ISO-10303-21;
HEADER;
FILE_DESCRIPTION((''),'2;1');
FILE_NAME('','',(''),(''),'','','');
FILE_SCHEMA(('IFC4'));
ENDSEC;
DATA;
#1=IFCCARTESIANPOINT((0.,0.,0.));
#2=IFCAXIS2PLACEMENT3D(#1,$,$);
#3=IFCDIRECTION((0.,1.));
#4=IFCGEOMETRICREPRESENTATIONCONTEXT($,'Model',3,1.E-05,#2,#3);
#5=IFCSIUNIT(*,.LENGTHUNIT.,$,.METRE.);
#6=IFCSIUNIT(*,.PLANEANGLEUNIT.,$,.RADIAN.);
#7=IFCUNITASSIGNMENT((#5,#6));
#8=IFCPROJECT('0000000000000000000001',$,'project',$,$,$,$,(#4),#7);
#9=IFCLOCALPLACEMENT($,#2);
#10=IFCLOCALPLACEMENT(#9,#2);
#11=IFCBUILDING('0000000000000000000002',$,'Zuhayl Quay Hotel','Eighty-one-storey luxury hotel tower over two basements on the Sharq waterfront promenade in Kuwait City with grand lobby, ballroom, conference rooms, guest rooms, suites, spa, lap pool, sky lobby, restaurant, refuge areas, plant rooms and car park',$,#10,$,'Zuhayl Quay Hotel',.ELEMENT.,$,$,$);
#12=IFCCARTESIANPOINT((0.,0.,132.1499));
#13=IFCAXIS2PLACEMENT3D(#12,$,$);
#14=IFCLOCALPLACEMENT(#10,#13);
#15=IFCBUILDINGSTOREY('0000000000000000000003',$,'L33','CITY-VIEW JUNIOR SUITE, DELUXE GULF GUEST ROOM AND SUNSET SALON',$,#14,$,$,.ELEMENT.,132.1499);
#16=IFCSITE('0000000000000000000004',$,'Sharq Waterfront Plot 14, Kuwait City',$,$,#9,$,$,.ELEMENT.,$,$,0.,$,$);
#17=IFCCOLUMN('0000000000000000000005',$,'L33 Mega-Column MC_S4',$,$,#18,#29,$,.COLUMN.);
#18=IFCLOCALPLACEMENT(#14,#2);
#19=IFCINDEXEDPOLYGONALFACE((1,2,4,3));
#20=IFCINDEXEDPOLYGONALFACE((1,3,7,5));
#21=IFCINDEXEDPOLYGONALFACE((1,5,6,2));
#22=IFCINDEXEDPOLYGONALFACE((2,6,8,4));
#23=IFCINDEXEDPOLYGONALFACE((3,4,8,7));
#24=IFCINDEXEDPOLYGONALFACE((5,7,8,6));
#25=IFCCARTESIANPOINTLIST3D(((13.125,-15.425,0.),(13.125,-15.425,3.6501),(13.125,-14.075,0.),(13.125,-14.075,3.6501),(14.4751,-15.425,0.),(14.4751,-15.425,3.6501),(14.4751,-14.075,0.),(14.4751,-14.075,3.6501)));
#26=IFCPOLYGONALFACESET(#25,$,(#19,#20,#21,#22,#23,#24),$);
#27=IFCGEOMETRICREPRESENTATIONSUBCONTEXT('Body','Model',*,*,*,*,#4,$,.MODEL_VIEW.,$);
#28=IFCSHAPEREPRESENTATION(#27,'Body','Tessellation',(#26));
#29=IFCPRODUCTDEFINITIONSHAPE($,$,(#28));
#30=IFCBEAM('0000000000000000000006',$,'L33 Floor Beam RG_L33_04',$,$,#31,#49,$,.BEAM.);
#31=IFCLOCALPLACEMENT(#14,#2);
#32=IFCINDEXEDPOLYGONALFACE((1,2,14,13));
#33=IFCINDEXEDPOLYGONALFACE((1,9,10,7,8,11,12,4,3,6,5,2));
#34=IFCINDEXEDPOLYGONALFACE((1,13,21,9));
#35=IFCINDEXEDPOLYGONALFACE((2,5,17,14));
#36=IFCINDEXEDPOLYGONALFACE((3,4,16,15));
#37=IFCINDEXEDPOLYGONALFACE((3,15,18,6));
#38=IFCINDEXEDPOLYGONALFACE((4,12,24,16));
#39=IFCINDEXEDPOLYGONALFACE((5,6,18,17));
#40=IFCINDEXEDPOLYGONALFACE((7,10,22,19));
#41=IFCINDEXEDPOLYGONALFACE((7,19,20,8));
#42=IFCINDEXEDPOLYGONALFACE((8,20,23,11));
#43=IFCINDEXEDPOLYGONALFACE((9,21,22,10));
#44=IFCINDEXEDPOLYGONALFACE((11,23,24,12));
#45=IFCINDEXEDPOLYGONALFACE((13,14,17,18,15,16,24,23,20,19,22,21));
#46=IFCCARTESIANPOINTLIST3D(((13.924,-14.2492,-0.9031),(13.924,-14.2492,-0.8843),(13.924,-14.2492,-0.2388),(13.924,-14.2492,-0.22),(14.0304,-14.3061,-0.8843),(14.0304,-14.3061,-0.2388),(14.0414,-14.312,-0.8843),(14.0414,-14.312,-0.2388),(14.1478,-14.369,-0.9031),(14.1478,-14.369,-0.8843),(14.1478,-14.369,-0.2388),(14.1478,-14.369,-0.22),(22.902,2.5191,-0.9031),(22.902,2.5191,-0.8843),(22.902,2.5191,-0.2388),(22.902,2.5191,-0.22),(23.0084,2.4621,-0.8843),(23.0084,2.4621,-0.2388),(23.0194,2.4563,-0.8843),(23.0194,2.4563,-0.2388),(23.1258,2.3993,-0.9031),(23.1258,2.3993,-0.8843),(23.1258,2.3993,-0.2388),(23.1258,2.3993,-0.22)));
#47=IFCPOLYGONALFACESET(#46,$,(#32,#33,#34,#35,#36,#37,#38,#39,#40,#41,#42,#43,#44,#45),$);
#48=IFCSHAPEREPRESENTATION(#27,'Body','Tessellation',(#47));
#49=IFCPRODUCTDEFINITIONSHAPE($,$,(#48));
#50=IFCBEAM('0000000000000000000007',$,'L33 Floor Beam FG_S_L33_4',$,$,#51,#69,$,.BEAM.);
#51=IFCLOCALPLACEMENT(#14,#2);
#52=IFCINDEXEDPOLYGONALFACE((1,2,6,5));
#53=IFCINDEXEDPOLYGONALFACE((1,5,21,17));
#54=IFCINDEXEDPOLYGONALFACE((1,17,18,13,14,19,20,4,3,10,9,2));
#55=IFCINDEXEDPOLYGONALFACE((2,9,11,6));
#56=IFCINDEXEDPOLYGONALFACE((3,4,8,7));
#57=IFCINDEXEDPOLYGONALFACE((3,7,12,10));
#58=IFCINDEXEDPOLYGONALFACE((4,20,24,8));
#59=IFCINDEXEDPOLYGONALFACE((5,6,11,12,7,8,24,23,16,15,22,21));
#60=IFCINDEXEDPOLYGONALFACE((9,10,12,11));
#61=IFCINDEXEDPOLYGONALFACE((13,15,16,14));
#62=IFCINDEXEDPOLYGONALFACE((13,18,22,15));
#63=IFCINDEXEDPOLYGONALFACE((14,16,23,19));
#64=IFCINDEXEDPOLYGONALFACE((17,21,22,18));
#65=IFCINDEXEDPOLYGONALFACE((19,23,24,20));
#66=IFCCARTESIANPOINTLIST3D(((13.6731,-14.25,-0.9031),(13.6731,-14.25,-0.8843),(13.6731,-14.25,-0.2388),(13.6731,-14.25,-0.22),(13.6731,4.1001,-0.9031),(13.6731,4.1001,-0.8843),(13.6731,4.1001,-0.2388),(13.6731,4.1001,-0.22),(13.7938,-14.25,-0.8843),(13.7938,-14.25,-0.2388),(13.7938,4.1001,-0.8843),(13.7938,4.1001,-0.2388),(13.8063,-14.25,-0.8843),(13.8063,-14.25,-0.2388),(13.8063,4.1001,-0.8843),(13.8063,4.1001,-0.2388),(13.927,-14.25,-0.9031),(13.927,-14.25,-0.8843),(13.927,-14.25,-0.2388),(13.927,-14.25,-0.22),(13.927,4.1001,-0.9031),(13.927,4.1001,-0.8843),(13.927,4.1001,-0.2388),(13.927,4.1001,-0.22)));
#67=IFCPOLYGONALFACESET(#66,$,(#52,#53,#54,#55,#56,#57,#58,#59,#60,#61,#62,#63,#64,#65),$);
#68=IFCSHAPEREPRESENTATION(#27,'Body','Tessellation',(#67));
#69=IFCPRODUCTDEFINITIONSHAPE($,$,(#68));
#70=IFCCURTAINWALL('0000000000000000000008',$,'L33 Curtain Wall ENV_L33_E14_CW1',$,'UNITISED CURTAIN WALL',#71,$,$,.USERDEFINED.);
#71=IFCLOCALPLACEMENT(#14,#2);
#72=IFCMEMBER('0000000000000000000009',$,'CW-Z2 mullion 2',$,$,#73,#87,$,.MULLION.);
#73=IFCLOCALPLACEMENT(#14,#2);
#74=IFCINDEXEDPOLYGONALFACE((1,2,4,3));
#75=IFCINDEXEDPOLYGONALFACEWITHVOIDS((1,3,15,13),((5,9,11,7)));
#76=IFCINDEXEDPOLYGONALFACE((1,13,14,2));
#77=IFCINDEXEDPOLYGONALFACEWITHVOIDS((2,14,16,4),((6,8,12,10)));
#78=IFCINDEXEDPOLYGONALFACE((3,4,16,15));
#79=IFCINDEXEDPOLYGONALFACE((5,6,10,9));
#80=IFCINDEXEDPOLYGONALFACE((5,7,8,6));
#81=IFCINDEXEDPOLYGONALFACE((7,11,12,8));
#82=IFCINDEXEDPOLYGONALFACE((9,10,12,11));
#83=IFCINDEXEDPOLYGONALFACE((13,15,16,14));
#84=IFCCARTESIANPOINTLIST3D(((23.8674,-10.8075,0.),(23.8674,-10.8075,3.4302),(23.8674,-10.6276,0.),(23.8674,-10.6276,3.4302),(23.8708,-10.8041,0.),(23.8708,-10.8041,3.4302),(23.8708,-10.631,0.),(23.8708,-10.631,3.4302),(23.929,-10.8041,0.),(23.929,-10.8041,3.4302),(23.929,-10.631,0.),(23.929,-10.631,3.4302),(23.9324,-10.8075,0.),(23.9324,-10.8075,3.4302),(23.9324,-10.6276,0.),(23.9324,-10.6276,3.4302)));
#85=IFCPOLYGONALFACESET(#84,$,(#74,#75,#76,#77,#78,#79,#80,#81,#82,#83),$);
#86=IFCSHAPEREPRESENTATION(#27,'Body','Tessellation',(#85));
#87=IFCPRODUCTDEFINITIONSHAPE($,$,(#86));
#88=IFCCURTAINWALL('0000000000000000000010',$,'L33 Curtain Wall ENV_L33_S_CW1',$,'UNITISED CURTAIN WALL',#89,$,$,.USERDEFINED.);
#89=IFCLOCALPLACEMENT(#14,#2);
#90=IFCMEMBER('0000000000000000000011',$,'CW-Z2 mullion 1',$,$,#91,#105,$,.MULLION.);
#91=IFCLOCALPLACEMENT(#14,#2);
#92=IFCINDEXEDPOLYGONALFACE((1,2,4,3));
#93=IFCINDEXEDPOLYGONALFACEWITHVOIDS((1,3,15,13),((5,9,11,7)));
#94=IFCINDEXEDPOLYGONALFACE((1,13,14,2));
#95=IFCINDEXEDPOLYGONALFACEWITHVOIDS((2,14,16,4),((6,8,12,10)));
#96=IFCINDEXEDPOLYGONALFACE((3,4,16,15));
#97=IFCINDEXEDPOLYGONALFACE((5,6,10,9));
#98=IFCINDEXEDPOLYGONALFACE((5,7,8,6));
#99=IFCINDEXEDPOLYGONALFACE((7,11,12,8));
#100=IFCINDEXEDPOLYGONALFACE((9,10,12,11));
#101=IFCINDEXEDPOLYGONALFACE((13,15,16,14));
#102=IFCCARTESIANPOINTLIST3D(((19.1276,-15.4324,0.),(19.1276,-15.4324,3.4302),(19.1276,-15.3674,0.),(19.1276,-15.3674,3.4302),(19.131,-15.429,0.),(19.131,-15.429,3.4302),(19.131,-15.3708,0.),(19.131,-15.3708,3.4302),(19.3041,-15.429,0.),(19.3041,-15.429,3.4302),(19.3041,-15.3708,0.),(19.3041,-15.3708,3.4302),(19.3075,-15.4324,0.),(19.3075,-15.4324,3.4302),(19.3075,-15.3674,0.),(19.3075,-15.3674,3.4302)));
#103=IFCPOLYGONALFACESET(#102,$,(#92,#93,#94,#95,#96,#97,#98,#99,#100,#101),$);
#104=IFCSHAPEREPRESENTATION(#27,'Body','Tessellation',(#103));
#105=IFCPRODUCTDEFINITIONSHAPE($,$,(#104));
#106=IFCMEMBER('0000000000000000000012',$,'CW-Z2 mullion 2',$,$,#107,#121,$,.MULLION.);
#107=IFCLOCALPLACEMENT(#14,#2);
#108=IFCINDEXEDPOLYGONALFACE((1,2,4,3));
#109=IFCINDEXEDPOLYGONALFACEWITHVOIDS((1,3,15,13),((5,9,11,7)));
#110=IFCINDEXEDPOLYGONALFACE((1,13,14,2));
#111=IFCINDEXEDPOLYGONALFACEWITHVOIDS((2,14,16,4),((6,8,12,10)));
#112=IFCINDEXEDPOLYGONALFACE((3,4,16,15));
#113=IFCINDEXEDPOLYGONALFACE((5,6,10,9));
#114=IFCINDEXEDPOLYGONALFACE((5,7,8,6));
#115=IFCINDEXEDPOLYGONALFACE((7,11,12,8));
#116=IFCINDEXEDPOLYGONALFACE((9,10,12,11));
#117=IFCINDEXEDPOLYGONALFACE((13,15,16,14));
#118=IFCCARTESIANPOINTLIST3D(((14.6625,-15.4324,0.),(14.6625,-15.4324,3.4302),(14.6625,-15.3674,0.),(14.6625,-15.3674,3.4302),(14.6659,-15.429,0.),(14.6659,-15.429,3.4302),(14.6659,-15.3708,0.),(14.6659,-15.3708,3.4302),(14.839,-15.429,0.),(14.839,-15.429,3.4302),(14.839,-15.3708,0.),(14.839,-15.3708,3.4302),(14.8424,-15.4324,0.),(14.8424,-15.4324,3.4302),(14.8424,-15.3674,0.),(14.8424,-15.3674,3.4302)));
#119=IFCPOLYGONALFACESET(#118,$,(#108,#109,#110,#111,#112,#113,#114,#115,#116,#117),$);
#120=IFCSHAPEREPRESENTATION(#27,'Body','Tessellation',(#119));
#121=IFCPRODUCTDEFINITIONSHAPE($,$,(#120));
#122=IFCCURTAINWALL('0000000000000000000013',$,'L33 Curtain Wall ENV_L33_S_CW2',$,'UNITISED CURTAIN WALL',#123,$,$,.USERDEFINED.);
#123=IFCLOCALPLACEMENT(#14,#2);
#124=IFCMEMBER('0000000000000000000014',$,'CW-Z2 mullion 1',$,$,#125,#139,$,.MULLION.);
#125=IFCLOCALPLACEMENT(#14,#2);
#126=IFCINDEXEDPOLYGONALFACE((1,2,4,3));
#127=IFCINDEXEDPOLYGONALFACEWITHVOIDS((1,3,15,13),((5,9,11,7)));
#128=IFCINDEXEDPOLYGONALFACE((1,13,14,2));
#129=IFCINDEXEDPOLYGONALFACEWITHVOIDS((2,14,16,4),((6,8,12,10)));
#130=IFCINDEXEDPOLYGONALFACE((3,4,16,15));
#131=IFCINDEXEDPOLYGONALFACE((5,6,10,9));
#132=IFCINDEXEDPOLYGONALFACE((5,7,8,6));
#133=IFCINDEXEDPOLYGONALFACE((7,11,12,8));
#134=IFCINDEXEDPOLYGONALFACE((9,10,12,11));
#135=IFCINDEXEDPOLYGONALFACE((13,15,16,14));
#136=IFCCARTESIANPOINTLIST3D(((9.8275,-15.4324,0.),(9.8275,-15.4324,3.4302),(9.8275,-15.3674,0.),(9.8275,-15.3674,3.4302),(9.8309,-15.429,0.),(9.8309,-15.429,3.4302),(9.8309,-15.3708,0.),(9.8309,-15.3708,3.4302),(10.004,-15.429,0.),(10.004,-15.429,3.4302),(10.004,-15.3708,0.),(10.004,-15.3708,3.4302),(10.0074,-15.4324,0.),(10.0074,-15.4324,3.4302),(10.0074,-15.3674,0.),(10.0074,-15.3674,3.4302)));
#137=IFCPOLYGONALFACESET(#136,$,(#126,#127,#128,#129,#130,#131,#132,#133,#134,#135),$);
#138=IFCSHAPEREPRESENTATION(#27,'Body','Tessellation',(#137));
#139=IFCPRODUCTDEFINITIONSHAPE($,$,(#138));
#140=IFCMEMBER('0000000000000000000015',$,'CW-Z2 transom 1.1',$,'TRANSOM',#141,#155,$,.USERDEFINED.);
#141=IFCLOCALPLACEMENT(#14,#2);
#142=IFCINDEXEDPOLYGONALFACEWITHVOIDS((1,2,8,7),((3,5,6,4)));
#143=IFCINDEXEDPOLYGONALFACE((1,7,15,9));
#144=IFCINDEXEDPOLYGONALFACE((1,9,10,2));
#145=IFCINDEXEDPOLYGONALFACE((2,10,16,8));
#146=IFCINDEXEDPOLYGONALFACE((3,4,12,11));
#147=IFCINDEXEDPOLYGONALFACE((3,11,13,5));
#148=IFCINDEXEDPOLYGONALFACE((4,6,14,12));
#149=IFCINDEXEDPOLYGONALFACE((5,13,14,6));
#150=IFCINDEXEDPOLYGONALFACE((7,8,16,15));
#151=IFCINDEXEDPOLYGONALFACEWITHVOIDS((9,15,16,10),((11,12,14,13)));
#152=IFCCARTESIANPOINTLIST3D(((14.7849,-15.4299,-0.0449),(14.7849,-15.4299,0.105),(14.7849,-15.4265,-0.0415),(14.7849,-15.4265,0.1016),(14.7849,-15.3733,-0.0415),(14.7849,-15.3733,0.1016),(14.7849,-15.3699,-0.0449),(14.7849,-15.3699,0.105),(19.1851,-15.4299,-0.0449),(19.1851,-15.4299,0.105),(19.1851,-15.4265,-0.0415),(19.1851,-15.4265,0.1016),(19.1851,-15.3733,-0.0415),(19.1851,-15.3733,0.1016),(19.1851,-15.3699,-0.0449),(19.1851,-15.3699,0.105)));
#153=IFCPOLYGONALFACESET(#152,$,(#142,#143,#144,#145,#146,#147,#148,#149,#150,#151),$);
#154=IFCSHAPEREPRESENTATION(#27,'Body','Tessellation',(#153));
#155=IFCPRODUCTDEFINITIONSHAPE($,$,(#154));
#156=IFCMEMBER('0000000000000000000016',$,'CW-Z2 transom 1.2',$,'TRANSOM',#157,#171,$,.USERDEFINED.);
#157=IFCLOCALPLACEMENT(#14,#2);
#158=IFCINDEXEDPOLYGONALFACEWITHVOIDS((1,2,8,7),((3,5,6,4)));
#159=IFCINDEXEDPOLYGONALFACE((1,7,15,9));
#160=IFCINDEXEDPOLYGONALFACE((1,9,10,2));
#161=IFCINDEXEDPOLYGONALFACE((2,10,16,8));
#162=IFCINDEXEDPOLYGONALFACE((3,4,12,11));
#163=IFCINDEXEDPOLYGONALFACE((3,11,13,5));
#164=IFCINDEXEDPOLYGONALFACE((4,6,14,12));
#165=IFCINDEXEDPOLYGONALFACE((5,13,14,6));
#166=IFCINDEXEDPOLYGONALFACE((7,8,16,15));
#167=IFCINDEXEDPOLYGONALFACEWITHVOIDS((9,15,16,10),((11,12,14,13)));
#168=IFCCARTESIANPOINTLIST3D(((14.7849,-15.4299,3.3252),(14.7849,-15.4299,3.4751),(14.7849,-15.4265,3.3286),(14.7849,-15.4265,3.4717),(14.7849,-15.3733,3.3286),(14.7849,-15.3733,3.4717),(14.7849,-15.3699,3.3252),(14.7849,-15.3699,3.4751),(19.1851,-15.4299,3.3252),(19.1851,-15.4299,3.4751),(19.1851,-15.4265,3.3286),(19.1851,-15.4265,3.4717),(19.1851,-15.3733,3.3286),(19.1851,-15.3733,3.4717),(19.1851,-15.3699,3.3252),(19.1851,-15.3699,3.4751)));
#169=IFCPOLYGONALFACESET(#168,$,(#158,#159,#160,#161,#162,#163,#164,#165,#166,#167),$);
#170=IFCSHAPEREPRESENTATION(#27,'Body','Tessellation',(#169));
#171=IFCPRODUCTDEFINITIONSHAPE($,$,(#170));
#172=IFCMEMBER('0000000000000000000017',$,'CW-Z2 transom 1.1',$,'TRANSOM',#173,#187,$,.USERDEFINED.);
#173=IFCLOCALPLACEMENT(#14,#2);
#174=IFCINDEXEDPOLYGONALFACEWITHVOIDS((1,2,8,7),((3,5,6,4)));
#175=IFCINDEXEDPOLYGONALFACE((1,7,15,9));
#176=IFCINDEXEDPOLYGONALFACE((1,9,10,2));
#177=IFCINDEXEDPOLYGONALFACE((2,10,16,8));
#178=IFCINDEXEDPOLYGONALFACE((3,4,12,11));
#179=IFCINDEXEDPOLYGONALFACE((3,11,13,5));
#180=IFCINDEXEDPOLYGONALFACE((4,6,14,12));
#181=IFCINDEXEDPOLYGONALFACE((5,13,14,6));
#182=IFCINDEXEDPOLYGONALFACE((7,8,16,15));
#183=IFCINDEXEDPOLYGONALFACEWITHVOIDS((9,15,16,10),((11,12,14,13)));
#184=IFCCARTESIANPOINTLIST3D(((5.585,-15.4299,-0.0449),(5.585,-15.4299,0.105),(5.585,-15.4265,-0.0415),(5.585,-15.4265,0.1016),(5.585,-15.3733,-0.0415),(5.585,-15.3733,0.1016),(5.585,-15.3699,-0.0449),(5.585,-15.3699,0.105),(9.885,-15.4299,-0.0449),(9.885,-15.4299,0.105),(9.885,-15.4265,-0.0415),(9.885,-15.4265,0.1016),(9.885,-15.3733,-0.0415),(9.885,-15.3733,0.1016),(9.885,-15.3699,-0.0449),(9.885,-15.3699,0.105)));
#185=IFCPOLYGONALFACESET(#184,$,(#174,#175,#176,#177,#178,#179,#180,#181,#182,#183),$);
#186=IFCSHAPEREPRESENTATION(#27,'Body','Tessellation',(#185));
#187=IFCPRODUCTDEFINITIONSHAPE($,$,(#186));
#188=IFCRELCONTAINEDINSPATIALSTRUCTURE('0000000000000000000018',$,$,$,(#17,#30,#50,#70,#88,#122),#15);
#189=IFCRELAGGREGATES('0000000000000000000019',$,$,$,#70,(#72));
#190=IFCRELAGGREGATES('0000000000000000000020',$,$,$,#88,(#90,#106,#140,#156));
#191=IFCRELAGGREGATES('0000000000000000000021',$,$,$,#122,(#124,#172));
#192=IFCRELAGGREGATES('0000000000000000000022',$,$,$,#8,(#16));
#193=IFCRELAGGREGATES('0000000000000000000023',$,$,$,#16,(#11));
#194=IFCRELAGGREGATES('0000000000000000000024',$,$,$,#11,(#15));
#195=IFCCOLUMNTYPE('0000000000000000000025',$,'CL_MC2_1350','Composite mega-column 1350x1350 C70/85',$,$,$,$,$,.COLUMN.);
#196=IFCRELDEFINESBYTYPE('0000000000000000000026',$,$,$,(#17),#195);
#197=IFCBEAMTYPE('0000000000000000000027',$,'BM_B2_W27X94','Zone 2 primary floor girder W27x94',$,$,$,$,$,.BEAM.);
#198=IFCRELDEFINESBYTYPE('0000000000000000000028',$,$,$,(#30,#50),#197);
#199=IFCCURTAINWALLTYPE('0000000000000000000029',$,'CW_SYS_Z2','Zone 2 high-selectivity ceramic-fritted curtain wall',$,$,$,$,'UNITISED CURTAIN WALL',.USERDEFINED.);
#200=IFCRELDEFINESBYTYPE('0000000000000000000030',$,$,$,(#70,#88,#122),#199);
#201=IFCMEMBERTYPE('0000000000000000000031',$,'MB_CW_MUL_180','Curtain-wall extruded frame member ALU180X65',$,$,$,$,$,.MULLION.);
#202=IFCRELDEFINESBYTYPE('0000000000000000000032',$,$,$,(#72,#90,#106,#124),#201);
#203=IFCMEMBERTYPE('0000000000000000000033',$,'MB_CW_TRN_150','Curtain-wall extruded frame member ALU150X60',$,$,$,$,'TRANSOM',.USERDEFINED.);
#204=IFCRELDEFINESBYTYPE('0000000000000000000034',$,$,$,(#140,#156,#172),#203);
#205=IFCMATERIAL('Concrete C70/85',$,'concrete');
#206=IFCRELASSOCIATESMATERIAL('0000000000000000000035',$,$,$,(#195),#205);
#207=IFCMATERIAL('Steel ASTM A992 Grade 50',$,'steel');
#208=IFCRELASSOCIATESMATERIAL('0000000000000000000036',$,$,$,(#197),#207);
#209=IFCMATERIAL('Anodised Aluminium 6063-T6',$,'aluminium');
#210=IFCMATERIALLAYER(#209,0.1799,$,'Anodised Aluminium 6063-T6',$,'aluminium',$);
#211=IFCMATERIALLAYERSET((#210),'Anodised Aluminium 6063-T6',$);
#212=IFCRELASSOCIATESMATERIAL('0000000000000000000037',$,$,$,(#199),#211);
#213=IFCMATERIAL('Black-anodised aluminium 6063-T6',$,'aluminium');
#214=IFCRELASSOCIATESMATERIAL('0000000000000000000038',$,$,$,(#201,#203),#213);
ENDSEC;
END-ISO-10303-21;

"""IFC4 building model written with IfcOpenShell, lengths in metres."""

from ifc_helpers import new_model, si_unit, direction, frame, origin, origin_2d, place, context, subcontext, project, spatial, rectangle, hollow_rectangle, i_section, extrude, material, layer, layer_set, material_profile, profile_set, type_object, element, aggregate, save


model = new_model("IFC4")

# Units and contexts
model_context = context("Model", 3, precision=1e-05, world=origin(), true_north=direction((0.0, 1.0)))
body_context = subcontext(model_context, "Body", "Model", "MODEL_VIEW")
ifc_project = project(units=[si_unit("LENGTHUNIT", "METRE"), si_unit("PLANEANGLEUNIT", "RADIAN")], contexts=[model_context])

# Site, building, storey
site_placement = place(None, origin())
site = spatial("IfcSite", under=ifc_project, at=site_placement, Name="Sharq Waterfront Plot 14, Kuwait City", CompositionType="ELEMENT", RefElevation=0.0)
building_placement = place(site_placement, origin())
building = spatial("IfcBuilding", under=site, at=building_placement, Name="Zuhayl Quay Hotel", Description="Eighty-one-storey luxury hotel tower over two basements on the Sharq waterfront promenade in Kuwait City with grand lobby, ballroom, conference rooms, guest rooms, suites, spa, lap pool, sky lobby, restaurant, refuge areas, plant rooms and car park", LongName="Zuhayl Quay Hotel", CompositionType="ELEMENT")
storey_placement = place(building_placement, frame((0.0, 0.0, 132.1499)))
storey = spatial("IfcBuildingStorey", under=building, at=storey_placement, Name="L33", Description="CITY-VIEW JUNIOR SUITE, DELUXE GULF GUEST ROOM AND SUNSET SALON", CompositionType="ELEMENT", Elevation=132.1499)

# Column
ifc_material_1 = material(Name="Concrete C70/85", Category="concrete")
ifc_material_profile_1 = material_profile(ifc_material_1, rectangle(XDim=1.3501, YDim=1.3501, at=origin_2d()), Name="RC1350X1350")
ifc_profile_set_1 = profile_set([ifc_material_profile_1], Name="Concrete C70/85")
column_type = type_object("IfcColumnType", Name="CL_MC2_1350", Description="Composite mega-column 1350x1350 C70/85", PredefinedType="COLUMN", material=ifc_profile_set_1)
column_placement = place(storey_placement, frame((13.8, -14.75, 0.0), z_axis=(0.0, 0.0, 1.0), x_axis=(1.0, 0.0, 0.0)))
element("IfcColumn", 1, at=column_placement, inside=storey, type_object=column_type, Name="L33 Mega-Column MC_S4", PredefinedType="COLUMN", context=body_context, shape_type="SweptSolid", body=[
    extrude(rectangle(XDim=1.3501, YDim=1.3501, at=origin_2d()), origin(), (0.0, 0.0, 1.0), 3.6501),
])

# Beams
ifc_material_2 = material(Name="Steel ASTM A992 Grade 50", Category="steel")
ifc_material_profile_2 = material_profile(ifc_material_2, i_section(OverallWidth=0.2539, OverallDepth=0.6831, WebThickness=0.0125, FlangeThickness=0.0188, at=origin_2d()), Name="W27X94")
ifc_profile_set_2 = profile_set([ifc_material_profile_2], Name="Steel ASTM A992 Grade 50")
beam_type = type_object("IfcBeamType", Name="BM_B2_W27X94", Description="Zone 2 primary floor girder W27x94", PredefinedType="BEAM", material=ifc_profile_set_2)
beam_1_placement = place(storey_placement, frame((14.0359, -14.3091, -0.5615), z_axis=(0.472017, 0.881589, 0.0), x_axis=(-0.881589, 0.472017, 0.0)))
element("IfcBeam", 2, at=beam_1_placement, inside=storey, type_object=beam_type, Name="L33 Floor Beam RG_L33_04", PredefinedType="BEAM", context=body_context, shape_type="SweptSolid", body=[
    extrude(i_section(OverallWidth=0.2539, OverallDepth=0.6831, WebThickness=0.0125, FlangeThickness=0.0188, at=origin_2d()), origin(), (0.0, 0.0, 1.0), 19.0205),
])
beam_2_placement = place(storey_placement, frame((13.8, -14.25, -0.5615), z_axis=(0.0, 1.0, 0.0), x_axis=(-1.0, 0.0, 0.0)))
element("IfcBeam", 3, at=beam_2_placement, inside=storey, type_object=beam_type, Name="L33 Floor Beam FG_S_L33_4", PredefinedType="BEAM", context=body_context, shape_type="SweptSolid", body=[
    extrude(i_section(OverallWidth=0.2539, OverallDepth=0.6831, WebThickness=0.0125, FlangeThickness=0.0188, at=origin_2d()), origin(), (0.0, 0.0, 1.0), 18.3501),
])

# Curtain wall, member
ifc_material_3 = material(Name="Anodised Aluminium 6063-T6", Category="aluminium")
ifc_layer_1 = layer(ifc_material_3, 0.1799, Name="Anodised Aluminium 6063-T6", Category="aluminium")
ifc_layer_set_1 = layer_set([ifc_layer_1], Name="Anodised Aluminium 6063-T6")
curtain_wall_type = type_object("IfcCurtainWallType", Name="CW_SYS_Z2", Description="Zone 2 high-selectivity ceramic-fritted curtain wall", ElementType="UNITISED CURTAIN WALL", PredefinedType="USERDEFINED", material=ifc_layer_set_1)
curtain_wall_1_placement = place(storey_placement, origin())
curtain_wall_1 = element("IfcCurtainWall", 4, at=curtain_wall_1_placement, inside=storey, type_object=curtain_wall_type, Name="L33 Curtain Wall ENV_L33_E14_CW1", ObjectType="UNITISED CURTAIN WALL", PredefinedType="USERDEFINED")
ifc_material_4 = material(Name="Black-anodised aluminium 6063-T6", Category="aluminium")
ifc_material_profile_3 = material_profile(ifc_material_4, hollow_rectangle(XDim=0.0649, YDim=0.1799, WallThickness=0.0034, at=origin_2d()), Name="ALU180X65")
ifc_profile_set_3 = profile_set([ifc_material_profile_3], Name="Black-anodised aluminium 6063-T6")
member_type_1 = type_object("IfcMemberType", Name="MB_CW_MUL_180", Description="Curtain-wall extruded frame member ALU180X65", PredefinedType="MULLION", material=ifc_profile_set_3)
member_1_placement = place(storey_placement, frame((23.8999, -10.7175, 0.0), z_axis=(0.0, 0.0, 1.0), x_axis=(1.0, 0.0, 0.0)))
member_1 = element("IfcMember", 5, at=member_1_placement, type_object=member_type_1, Name="CW-Z2 mullion 2", PredefinedType="MULLION", context=body_context, shape_type="SweptSolid", body=[
    extrude(hollow_rectangle(XDim=0.0649, YDim=0.1799, WallThickness=0.0034, at=origin_2d()), origin(), (0.0, 0.0, 1.0), 3.4302),
])
aggregate(curtain_wall_1, [member_1])

# Curtain wall, members
curtain_wall_2_placement = place(storey_placement, origin())
curtain_wall_2 = element("IfcCurtainWall", 6, at=curtain_wall_2_placement, inside=storey, type_object=curtain_wall_type, Name="L33 Curtain Wall ENV_L33_S_CW1", ObjectType="UNITISED CURTAIN WALL", PredefinedType="USERDEFINED")
member_2_placement = place(storey_placement, frame((19.2175, -15.3999, 0.0), z_axis=(0.0, 0.0, 1.0), x_axis=(0.0, -1.0, 0.0)))
member_2 = element("IfcMember", 7, at=member_2_placement, type_object=member_type_1, Name="CW-Z2 mullion 1", PredefinedType="MULLION", context=body_context, shape_type="SweptSolid", body=[
    extrude(hollow_rectangle(XDim=0.0649, YDim=0.1799, WallThickness=0.0034, at=origin_2d()), origin(), (0.0, 0.0, 1.0), 3.4302),
])
member_3_placement = place(storey_placement, frame((14.7524, -15.3999, 0.0), z_axis=(0.0, 0.0, 1.0), x_axis=(0.0, -1.0, 0.0)))
member_3 = element("IfcMember", 8, at=member_3_placement, type_object=member_type_1, Name="CW-Z2 mullion 2", PredefinedType="MULLION", context=body_context, shape_type="SweptSolid", body=[
    extrude(hollow_rectangle(XDim=0.0649, YDim=0.1799, WallThickness=0.0034, at=origin_2d()), origin(), (0.0, 0.0, 1.0), 3.4302),
])

# Curtain wall, member
curtain_wall_3_placement = place(storey_placement, origin())
curtain_wall_3 = element("IfcCurtainWall", 9, at=curtain_wall_3_placement, inside=storey, type_object=curtain_wall_type, Name="L33 Curtain Wall ENV_L33_S_CW2", ObjectType="UNITISED CURTAIN WALL", PredefinedType="USERDEFINED")
member_4_placement = place(storey_placement, frame((9.9175, -15.3999, 0.0), z_axis=(0.0, 0.0, 1.0), x_axis=(0.0, -1.0, 0.0)))
member_4 = element("IfcMember", 10, at=member_4_placement, type_object=member_type_1, Name="CW-Z2 mullion 1", PredefinedType="MULLION", context=body_context, shape_type="SweptSolid", body=[
    extrude(hollow_rectangle(XDim=0.0649, YDim=0.1799, WallThickness=0.0034, at=origin_2d()), origin(), (0.0, 0.0, 1.0), 3.4302),
])

# Members
ifc_material_profile_4 = material_profile(ifc_material_4, hollow_rectangle(XDim=0.0601, YDim=0.1499, WallThickness=0.0034, at=origin_2d()), Name="ALU150X60")
ifc_profile_set_4 = profile_set([ifc_material_profile_4], Name="Black-anodised aluminium 6063-T6")
member_type_2 = type_object("IfcMemberType", Name="MB_CW_TRN_150", Description="Curtain-wall extruded frame member ALU150X60", ElementType="TRANSOM", PredefinedType="USERDEFINED", material=ifc_profile_set_4)
member_5_placement = place(storey_placement, frame((19.1851, -15.3999, 0.03), z_axis=(-1.0, 0.0, 0.0), x_axis=(0.0, -1.0, 0.0)))
member_5 = element("IfcMember", 11, at=member_5_placement, type_object=member_type_2, Name="CW-Z2 transom 1.1", ObjectType="TRANSOM", PredefinedType="USERDEFINED", context=body_context, shape_type="SweptSolid", body=[
    extrude(hollow_rectangle(XDim=0.0601, YDim=0.1499, WallThickness=0.0034, at=origin_2d()), origin(), (0.0, 0.0, 1.0), 4.4001),
])
member_6_placement = place(storey_placement, frame((19.1851, -15.3999, 3.4001), z_axis=(-1.0, 0.0, 0.0), x_axis=(0.0, -1.0, 0.0)))
member_6 = element("IfcMember", 12, at=member_6_placement, type_object=member_type_2, Name="CW-Z2 transom 1.2", ObjectType="TRANSOM", PredefinedType="USERDEFINED", context=body_context, shape_type="SweptSolid", body=[
    extrude(hollow_rectangle(XDim=0.0601, YDim=0.1499, WallThickness=0.0034, at=origin_2d()), origin(), (0.0, 0.0, 1.0), 4.4001),
])
member_7_placement = place(storey_placement, frame((9.885, -15.3999, 0.03), z_axis=(-1.0, 0.0, 0.0), x_axis=(0.0, -1.0, 0.0)))
member_7 = element("IfcMember", 13, at=member_7_placement, type_object=member_type_2, Name="CW-Z2 transom 1.1", ObjectType="TRANSOM", PredefinedType="USERDEFINED", context=body_context, shape_type="SweptSolid", body=[
    extrude(hollow_rectangle(XDim=0.0601, YDim=0.1499, WallThickness=0.0034, at=origin_2d()), origin(), (0.0, 0.0, 1.0), 4.3),
])

aggregate(curtain_wall_2, [member_2, member_3, member_5, member_6])
aggregate(curtain_wall_3, [member_4, member_7])

save(model, "model.ifc")
